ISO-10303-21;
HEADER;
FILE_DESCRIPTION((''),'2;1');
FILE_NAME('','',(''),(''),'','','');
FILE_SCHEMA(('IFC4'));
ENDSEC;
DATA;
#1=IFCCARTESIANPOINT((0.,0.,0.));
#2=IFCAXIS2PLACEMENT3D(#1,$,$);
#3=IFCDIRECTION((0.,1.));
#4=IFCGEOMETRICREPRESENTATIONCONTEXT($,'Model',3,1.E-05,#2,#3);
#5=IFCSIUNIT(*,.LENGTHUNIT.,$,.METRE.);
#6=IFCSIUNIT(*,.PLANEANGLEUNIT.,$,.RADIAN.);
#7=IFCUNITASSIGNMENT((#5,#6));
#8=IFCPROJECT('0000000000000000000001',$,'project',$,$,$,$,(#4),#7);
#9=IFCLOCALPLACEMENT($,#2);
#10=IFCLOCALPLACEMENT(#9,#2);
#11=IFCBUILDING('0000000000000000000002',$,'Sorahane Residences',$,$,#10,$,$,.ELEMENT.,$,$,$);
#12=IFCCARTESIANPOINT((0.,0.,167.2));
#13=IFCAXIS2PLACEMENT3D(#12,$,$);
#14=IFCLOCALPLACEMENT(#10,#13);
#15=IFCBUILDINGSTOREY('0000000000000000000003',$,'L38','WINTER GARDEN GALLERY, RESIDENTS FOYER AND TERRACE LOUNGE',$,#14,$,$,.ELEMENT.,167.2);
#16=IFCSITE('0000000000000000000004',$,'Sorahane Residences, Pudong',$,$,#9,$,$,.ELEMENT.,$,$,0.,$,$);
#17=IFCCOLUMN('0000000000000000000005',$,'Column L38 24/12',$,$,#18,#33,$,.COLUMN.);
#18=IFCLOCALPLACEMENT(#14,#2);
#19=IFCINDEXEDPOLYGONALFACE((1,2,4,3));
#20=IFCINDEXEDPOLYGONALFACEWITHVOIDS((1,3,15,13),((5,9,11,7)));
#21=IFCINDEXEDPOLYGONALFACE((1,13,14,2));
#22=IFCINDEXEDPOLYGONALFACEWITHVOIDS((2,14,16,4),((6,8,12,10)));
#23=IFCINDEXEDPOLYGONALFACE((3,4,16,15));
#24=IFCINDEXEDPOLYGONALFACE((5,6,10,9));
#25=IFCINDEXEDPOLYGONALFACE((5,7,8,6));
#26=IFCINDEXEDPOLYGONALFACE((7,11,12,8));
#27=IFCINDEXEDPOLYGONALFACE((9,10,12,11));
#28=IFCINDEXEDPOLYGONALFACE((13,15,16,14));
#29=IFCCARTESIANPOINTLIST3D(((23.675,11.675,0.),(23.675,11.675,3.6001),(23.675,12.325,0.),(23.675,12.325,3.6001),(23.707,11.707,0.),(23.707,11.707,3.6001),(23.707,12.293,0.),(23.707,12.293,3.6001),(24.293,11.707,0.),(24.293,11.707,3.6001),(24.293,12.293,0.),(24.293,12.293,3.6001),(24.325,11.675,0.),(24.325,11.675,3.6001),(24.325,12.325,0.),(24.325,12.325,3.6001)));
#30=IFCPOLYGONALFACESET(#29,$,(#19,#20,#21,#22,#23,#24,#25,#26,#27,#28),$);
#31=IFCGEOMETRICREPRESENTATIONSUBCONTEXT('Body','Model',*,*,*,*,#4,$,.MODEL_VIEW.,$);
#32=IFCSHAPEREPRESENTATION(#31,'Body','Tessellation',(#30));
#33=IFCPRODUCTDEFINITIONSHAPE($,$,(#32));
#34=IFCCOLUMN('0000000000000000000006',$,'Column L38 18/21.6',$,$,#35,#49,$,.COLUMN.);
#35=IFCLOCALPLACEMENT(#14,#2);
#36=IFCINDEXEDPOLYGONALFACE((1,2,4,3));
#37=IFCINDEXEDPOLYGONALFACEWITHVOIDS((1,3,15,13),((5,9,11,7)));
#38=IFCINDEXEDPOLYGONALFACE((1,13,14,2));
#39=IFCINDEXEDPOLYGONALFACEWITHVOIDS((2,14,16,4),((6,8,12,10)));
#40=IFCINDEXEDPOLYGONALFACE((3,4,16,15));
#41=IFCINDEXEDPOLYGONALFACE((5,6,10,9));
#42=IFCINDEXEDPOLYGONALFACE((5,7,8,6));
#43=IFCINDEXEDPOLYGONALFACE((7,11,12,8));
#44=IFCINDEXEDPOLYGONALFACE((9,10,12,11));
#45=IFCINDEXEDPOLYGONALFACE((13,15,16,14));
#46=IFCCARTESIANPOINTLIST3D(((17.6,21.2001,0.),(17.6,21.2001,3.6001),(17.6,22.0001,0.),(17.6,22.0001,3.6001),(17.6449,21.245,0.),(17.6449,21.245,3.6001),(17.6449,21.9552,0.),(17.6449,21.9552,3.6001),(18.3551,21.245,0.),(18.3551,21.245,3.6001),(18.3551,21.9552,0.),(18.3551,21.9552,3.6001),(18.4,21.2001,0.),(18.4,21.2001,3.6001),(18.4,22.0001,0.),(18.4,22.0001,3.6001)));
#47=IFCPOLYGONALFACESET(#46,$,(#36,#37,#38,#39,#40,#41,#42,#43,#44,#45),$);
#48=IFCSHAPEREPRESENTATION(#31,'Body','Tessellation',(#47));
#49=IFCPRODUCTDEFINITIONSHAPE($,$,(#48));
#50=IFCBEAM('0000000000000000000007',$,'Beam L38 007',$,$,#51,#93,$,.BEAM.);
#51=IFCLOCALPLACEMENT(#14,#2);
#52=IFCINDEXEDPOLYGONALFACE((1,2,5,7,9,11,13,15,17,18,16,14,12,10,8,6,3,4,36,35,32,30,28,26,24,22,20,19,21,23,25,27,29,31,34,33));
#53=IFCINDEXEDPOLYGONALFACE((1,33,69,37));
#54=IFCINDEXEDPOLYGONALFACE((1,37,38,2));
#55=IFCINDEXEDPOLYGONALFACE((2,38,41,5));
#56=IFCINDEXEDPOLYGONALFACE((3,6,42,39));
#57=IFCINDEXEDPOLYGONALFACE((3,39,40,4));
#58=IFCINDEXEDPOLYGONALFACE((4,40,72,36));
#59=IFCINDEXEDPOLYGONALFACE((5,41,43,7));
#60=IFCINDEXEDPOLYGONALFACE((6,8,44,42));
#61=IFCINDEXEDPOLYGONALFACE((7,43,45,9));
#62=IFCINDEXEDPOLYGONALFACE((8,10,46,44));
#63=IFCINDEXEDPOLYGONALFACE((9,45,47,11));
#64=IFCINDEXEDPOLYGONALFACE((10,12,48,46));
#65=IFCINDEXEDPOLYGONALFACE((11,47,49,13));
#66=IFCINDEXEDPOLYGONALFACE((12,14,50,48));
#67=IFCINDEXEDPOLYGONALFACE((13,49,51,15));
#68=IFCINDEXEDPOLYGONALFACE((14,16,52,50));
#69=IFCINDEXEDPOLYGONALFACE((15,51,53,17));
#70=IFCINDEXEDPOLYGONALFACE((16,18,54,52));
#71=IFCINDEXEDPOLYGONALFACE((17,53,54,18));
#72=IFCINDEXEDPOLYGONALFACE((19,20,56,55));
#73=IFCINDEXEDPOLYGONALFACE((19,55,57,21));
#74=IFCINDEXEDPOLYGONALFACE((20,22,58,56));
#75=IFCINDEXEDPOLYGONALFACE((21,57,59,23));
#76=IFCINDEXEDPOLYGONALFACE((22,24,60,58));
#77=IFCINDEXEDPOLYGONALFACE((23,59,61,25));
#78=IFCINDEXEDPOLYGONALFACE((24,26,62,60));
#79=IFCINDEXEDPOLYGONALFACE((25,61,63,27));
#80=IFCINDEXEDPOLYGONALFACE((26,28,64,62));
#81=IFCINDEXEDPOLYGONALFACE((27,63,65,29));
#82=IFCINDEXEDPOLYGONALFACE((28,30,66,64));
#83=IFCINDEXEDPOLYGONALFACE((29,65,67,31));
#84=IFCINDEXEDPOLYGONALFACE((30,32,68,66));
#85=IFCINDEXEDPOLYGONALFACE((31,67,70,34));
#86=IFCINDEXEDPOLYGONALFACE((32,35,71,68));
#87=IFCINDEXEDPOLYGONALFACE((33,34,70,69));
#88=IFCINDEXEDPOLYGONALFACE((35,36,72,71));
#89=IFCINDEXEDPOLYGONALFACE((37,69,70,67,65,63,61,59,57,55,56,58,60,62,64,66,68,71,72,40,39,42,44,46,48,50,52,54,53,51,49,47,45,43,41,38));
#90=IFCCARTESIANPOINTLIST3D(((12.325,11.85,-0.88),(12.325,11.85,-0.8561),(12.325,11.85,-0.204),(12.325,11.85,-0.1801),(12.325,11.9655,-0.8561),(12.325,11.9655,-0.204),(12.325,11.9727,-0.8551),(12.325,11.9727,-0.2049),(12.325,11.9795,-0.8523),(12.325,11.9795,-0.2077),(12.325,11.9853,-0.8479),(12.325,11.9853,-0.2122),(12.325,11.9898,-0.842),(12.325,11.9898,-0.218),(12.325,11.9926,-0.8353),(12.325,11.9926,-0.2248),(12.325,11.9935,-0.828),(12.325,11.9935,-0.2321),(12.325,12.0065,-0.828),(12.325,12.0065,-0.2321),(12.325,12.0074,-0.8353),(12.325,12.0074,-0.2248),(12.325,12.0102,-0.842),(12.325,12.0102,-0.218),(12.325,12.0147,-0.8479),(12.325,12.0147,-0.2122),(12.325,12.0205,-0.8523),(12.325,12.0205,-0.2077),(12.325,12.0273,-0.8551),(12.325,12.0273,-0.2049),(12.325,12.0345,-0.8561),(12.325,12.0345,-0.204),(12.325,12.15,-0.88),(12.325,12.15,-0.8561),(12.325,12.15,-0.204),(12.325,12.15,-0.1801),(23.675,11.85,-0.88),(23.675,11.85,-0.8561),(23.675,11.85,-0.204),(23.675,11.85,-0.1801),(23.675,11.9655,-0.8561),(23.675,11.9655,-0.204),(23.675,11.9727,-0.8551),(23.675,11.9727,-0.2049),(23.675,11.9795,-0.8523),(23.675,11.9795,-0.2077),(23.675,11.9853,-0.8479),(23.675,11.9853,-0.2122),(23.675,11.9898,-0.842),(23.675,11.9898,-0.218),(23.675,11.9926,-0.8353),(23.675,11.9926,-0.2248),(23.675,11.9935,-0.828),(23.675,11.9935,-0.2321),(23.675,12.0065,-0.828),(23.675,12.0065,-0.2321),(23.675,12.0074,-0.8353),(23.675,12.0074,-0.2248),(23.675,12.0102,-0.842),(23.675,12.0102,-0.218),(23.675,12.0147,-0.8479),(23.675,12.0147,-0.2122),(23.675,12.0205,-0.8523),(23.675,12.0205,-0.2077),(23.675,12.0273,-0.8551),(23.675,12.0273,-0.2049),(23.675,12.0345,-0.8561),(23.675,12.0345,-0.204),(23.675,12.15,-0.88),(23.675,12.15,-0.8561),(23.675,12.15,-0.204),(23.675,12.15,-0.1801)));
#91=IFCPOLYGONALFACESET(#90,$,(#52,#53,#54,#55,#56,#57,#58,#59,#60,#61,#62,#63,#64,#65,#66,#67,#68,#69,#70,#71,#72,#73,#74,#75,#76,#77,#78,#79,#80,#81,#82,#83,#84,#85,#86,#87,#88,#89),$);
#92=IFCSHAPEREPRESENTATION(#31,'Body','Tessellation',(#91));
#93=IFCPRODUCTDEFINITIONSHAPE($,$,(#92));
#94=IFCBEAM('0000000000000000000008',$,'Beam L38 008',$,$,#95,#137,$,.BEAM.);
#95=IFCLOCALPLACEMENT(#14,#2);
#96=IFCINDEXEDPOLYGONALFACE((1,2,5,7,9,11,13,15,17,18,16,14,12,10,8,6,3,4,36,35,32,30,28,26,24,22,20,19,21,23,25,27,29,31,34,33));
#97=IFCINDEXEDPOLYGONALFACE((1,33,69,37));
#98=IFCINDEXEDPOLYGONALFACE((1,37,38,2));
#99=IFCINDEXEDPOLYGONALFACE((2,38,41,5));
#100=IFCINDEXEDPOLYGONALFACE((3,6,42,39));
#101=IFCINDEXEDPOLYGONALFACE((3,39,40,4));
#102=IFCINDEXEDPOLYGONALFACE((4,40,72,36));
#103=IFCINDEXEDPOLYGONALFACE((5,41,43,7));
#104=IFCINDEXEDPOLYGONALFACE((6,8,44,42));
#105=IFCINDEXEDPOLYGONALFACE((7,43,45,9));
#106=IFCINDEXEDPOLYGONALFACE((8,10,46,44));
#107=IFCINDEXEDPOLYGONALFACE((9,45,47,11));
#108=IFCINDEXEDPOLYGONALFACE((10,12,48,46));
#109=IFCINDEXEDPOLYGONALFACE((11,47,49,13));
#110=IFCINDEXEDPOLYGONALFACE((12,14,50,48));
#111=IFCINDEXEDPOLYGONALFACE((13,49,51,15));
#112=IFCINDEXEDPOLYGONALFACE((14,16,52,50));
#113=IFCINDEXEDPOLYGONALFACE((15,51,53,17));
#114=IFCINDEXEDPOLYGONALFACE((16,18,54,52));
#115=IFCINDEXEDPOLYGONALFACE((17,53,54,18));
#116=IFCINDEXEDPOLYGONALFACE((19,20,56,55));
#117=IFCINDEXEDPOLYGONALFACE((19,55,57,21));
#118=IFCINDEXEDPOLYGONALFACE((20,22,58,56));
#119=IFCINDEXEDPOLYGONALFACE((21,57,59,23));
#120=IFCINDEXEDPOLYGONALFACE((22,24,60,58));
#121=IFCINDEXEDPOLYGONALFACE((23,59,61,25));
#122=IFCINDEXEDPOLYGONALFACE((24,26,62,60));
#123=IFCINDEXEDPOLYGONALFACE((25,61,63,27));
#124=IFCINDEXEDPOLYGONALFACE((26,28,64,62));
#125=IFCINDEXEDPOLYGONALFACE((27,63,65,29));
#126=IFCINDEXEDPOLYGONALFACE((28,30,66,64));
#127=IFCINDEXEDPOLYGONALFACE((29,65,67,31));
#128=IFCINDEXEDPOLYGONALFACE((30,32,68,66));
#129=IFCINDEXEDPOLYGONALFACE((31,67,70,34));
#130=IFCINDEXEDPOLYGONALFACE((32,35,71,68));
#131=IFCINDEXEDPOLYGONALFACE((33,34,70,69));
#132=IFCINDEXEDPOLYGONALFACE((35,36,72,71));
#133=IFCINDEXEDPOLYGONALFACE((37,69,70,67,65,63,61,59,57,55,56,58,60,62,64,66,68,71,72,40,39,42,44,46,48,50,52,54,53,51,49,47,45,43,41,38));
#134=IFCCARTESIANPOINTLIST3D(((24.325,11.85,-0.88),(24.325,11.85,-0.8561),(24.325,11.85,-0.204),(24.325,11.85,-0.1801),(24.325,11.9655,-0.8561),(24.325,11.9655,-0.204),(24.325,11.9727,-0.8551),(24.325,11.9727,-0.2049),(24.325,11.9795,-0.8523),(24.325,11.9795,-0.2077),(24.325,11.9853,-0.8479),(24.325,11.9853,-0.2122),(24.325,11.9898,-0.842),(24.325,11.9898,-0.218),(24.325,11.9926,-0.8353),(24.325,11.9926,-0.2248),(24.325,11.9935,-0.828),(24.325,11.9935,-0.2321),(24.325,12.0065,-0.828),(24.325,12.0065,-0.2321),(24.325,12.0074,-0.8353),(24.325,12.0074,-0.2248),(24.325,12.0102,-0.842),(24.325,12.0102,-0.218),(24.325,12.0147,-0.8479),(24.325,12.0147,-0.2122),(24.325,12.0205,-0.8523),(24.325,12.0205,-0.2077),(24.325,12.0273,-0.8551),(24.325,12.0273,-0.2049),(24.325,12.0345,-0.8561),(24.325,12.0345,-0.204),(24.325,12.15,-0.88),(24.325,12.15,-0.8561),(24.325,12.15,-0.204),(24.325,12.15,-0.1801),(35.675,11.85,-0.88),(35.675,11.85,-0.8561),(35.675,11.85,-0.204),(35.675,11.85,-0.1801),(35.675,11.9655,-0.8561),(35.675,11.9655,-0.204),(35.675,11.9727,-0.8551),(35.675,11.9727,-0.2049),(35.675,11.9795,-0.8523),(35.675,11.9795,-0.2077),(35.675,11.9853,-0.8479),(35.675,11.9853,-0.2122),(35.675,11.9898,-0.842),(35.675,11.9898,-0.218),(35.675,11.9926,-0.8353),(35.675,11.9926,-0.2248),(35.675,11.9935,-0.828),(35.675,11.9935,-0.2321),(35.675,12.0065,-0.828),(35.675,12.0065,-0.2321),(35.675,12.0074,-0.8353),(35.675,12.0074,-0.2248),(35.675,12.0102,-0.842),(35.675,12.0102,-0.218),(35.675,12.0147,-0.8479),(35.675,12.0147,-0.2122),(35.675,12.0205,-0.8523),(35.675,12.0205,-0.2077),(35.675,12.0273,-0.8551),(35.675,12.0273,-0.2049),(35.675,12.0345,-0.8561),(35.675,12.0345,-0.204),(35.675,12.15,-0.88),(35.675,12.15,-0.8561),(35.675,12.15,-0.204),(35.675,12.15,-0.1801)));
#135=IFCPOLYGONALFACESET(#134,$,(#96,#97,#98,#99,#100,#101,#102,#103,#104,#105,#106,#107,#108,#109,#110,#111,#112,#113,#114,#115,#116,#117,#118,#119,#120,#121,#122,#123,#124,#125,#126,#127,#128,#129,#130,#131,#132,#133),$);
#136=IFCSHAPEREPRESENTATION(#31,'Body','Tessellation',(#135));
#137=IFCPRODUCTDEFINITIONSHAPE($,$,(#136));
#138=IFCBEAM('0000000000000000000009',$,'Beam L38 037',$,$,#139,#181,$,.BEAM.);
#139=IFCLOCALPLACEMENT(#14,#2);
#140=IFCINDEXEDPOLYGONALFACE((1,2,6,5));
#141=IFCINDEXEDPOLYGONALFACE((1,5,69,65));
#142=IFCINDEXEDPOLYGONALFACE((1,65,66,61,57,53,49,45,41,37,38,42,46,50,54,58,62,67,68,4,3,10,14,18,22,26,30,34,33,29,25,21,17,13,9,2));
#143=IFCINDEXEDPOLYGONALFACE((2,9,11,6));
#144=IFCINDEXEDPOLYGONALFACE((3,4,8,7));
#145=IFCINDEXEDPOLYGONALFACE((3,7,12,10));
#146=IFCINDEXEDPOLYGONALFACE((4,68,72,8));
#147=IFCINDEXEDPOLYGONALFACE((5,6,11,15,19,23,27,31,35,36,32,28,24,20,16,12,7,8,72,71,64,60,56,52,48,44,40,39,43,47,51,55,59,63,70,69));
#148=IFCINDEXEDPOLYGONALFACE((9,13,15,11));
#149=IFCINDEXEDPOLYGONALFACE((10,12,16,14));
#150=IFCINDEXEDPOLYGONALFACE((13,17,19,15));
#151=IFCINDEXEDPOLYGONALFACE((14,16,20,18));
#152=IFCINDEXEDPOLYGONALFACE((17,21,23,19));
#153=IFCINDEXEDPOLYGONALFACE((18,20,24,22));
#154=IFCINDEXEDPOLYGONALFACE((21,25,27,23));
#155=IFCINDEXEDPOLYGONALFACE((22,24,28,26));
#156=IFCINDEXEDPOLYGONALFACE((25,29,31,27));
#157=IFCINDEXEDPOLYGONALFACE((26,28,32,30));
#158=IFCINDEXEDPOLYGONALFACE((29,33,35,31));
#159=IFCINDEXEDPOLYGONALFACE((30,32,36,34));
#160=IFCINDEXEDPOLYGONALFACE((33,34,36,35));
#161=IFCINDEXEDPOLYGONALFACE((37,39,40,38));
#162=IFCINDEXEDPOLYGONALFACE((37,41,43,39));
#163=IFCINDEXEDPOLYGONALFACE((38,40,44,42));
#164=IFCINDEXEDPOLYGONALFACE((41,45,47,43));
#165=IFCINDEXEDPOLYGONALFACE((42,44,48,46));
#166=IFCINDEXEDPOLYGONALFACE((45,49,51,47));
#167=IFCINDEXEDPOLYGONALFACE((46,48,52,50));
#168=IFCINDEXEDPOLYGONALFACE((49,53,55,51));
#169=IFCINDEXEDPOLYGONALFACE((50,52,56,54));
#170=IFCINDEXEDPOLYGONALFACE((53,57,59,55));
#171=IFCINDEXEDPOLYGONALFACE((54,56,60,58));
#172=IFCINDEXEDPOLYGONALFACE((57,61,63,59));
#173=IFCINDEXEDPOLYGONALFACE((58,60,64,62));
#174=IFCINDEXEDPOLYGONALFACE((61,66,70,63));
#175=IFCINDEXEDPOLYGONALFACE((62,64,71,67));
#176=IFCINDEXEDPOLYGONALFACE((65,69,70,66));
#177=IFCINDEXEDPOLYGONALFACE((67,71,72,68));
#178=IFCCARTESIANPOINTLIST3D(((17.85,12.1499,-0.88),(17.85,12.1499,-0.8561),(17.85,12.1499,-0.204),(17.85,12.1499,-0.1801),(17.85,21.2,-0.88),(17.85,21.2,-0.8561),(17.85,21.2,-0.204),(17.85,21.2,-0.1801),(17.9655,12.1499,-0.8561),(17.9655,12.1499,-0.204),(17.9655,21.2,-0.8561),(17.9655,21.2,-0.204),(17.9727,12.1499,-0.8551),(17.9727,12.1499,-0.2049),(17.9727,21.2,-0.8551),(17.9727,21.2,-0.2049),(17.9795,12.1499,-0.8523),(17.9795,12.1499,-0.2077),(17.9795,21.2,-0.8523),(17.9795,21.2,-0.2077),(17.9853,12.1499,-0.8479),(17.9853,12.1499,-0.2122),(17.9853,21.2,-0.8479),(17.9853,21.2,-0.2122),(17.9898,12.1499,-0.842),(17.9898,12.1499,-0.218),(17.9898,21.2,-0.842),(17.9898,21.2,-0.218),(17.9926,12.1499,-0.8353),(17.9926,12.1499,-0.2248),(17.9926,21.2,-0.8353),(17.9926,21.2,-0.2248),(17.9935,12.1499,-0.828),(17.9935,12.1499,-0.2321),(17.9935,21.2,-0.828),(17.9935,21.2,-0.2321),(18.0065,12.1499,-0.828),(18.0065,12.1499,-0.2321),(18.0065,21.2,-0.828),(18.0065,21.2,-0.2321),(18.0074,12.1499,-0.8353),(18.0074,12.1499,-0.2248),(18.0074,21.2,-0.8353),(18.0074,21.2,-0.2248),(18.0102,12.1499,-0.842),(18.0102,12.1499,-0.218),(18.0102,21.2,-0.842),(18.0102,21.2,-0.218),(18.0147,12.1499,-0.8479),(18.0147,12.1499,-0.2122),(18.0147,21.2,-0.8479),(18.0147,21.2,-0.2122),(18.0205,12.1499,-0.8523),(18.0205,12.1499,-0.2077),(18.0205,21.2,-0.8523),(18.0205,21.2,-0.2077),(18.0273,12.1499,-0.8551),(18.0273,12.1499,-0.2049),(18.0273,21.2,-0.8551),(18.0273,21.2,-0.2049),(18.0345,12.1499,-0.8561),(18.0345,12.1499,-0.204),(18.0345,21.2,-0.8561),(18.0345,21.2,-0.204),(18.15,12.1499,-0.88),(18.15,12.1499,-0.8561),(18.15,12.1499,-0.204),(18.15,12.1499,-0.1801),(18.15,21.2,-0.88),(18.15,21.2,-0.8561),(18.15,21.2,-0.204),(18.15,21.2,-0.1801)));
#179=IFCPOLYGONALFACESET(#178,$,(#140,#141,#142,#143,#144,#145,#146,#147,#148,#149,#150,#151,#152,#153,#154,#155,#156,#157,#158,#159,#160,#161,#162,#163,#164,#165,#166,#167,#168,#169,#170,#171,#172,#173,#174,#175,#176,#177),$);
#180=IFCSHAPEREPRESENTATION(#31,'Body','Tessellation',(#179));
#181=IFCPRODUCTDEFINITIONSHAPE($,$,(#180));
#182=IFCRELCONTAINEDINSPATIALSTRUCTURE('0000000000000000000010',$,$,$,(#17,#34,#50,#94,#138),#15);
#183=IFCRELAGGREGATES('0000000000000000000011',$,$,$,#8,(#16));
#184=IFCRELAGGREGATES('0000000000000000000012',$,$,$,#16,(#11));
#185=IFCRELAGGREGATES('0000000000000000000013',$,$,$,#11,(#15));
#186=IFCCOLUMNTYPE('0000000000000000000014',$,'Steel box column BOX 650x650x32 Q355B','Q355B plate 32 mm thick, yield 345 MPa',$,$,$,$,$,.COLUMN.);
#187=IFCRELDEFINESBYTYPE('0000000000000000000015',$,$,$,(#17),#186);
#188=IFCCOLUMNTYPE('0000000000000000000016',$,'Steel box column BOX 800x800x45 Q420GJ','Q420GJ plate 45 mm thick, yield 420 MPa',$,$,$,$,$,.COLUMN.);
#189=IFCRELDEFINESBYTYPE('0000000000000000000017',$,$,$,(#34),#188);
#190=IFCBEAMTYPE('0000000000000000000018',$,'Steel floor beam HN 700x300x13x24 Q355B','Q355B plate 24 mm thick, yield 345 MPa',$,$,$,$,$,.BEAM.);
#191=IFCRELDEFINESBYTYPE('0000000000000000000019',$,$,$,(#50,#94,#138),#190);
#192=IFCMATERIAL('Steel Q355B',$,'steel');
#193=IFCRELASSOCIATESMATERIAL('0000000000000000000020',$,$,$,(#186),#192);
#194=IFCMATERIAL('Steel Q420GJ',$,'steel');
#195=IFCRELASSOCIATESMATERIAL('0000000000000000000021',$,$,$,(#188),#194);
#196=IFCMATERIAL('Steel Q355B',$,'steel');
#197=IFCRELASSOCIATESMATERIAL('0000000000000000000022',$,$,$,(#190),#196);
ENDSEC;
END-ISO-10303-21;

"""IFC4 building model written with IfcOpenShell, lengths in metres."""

from ifc_helpers import new_model, si_unit, direction, frame, origin, origin_2d, place, context, subcontext, project, spatial, hollow_rectangle, i_section, extrude, material, material_profile, profile_set, type_object, element, save


model = new_model("IFC4")

# Units and contexts
model_context = context("Model", 3, precision=1e-05, world=origin(), true_north=direction((0.0, 1.0)))
body_context = subcontext(model_context, "Body", "Model", "MODEL_VIEW")
ifc_project = project(units=[si_unit("LENGTHUNIT", "METRE"), si_unit("PLANEANGLEUNIT", "RADIAN")], contexts=[model_context])

# Site, building, storey
site_placement = place(None, origin())
site = spatial("IfcSite", under=ifc_project, at=site_placement, Name="Sorahane Residences, Pudong", CompositionType="ELEMENT", RefElevation=0.0)
building_placement = place(site_placement, origin())
building = spatial("IfcBuilding", under=site, at=building_placement, Name="Sorahane Residences", CompositionType="ELEMENT")
storey_placement = place(building_placement, frame((0.0, 0.0, 167.2)))
storey = spatial("IfcBuildingStorey", under=building, at=storey_placement, Name="L38", Description="WINTER GARDEN GALLERY, RESIDENTS FOYER AND TERRACE LOUNGE", CompositionType="ELEMENT", Elevation=167.2)

# Columns
ifc_material_1 = material(Name="Steel Q355B", Category="steel")
ifc_material_profile_1 = material_profile(ifc_material_1, hollow_rectangle(XDim=0.6499, YDim=0.6499, WallThickness=0.032, at=origin_2d()), Name="BOX 650x650x32")
ifc_profile_set_1 = profile_set([ifc_material_profile_1], Name="Steel Q355B")
column_type_1 = type_object("IfcColumnType", Name="Steel box column BOX 650x650x32 Q355B", Description="Q355B plate 32 mm thick, yield 345 MPa", PredefinedType="COLUMN", material=ifc_profile_set_1)
column_1_placement = place(storey_placement, frame((24.0, 12.0, 0.0), z_axis=(0.0, 0.0, 1.0), x_axis=(1.0, 0.0, 0.0)))
element("IfcColumn", 1, at=column_1_placement, inside=storey, type_object=column_type_1, Name="Column L38 24/12", PredefinedType="COLUMN", context=body_context, shape_type="SweptSolid", body=[
    extrude(hollow_rectangle(XDim=0.6499, YDim=0.6499, WallThickness=0.032, at=origin_2d()), origin(), (0.0, 0.0, 1.0), 3.6001),
])
ifc_material_2 = material(Name="Steel Q420GJ", Category="steel")
ifc_material_profile_2 = material_profile(ifc_material_2, hollow_rectangle(XDim=0.8, YDim=0.8, WallThickness=0.0449, at=origin_2d()), Name="BOX 800x800x45")
ifc_profile_set_2 = profile_set([ifc_material_profile_2], Name="Steel Q420GJ")
column_type_2 = type_object("IfcColumnType", Name="Steel box column BOX 800x800x45 Q420GJ", Description="Q420GJ plate 45 mm thick, yield 420 MPa", PredefinedType="COLUMN", material=ifc_profile_set_2)
column_2_placement = place(storey_placement, frame((18.0, 21.6001, 0.0), z_axis=(0.0, 0.0, 1.0), x_axis=(1.0, 0.0, 0.0)))
element("IfcColumn", 2, at=column_2_placement, inside=storey, type_object=column_type_2, Name="Column L38 18/21.6", PredefinedType="COLUMN", context=body_context, shape_type="SweptSolid", body=[
    extrude(hollow_rectangle(XDim=0.8, YDim=0.8, WallThickness=0.0449, at=origin_2d()), origin(), (0.0, 0.0, 1.0), 3.6001),
])

# Beams
ifc_material_3 = material(Name="Steel Q355B", Category="steel")
ifc_material_profile_3 = material_profile(ifc_material_3, i_section(OverallWidth=0.3, OverallDepth=0.7, WebThickness=0.0129, FlangeThickness=0.0239, FilletRadius=0.0281, at=origin_2d()), Name="HN 700x300x13x24")
ifc_profile_set_3 = profile_set([ifc_material_profile_3], Name="Steel Q355B")
beam_type = type_object("IfcBeamType", Name="Steel floor beam HN 700x300x13x24 Q355B", Description="Q355B plate 24 mm thick, yield 345 MPa", PredefinedType="BEAM", material=ifc_profile_set_3)
for number, where, z_axis, x_axis, name in (
    (3, (12.325, 12.0, -0.53), (1.0, 0.0, 0.0), (0.0, 1.0, 0.0), "Beam L38 007"),
    (4, (24.325, 12.0, -0.53), (1.0, 0.0, 0.0), (0.0, 1.0, 0.0), "Beam L38 008"),
):
    element("IfcBeam", number, at=place(storey_placement, frame(where, z_axis=z_axis, x_axis=x_axis)), inside=storey, type_object=beam_type, Name=name, PredefinedType="BEAM", context=body_context, shape_type="SweptSolid", body=[
        extrude(i_section(OverallWidth=0.3, OverallDepth=0.7, WebThickness=0.0129, FlangeThickness=0.0239, FilletRadius=0.0281, at=origin_2d()), origin(), (0.0, 0.0, 1.0), 11.3501),
    ])
beam_1_placement = place(storey_placement, frame((18.0, 12.1499, -0.53), z_axis=(0.0, 1.0, 0.0), x_axis=(-1.0, 0.0, 0.0)))
element("IfcBeam", 5, at=beam_1_placement, inside=storey, type_object=beam_type, Name="Beam L38 037", PredefinedType="BEAM", context=body_context, shape_type="SweptSolid", body=[
    extrude(i_section(OverallWidth=0.3, OverallDepth=0.7, WebThickness=0.0129, FlangeThickness=0.0239, FilletRadius=0.0281, at=origin_2d()), origin(), (0.0, 0.0, 1.0), 9.05),
])

save(model, "model.ifc")
